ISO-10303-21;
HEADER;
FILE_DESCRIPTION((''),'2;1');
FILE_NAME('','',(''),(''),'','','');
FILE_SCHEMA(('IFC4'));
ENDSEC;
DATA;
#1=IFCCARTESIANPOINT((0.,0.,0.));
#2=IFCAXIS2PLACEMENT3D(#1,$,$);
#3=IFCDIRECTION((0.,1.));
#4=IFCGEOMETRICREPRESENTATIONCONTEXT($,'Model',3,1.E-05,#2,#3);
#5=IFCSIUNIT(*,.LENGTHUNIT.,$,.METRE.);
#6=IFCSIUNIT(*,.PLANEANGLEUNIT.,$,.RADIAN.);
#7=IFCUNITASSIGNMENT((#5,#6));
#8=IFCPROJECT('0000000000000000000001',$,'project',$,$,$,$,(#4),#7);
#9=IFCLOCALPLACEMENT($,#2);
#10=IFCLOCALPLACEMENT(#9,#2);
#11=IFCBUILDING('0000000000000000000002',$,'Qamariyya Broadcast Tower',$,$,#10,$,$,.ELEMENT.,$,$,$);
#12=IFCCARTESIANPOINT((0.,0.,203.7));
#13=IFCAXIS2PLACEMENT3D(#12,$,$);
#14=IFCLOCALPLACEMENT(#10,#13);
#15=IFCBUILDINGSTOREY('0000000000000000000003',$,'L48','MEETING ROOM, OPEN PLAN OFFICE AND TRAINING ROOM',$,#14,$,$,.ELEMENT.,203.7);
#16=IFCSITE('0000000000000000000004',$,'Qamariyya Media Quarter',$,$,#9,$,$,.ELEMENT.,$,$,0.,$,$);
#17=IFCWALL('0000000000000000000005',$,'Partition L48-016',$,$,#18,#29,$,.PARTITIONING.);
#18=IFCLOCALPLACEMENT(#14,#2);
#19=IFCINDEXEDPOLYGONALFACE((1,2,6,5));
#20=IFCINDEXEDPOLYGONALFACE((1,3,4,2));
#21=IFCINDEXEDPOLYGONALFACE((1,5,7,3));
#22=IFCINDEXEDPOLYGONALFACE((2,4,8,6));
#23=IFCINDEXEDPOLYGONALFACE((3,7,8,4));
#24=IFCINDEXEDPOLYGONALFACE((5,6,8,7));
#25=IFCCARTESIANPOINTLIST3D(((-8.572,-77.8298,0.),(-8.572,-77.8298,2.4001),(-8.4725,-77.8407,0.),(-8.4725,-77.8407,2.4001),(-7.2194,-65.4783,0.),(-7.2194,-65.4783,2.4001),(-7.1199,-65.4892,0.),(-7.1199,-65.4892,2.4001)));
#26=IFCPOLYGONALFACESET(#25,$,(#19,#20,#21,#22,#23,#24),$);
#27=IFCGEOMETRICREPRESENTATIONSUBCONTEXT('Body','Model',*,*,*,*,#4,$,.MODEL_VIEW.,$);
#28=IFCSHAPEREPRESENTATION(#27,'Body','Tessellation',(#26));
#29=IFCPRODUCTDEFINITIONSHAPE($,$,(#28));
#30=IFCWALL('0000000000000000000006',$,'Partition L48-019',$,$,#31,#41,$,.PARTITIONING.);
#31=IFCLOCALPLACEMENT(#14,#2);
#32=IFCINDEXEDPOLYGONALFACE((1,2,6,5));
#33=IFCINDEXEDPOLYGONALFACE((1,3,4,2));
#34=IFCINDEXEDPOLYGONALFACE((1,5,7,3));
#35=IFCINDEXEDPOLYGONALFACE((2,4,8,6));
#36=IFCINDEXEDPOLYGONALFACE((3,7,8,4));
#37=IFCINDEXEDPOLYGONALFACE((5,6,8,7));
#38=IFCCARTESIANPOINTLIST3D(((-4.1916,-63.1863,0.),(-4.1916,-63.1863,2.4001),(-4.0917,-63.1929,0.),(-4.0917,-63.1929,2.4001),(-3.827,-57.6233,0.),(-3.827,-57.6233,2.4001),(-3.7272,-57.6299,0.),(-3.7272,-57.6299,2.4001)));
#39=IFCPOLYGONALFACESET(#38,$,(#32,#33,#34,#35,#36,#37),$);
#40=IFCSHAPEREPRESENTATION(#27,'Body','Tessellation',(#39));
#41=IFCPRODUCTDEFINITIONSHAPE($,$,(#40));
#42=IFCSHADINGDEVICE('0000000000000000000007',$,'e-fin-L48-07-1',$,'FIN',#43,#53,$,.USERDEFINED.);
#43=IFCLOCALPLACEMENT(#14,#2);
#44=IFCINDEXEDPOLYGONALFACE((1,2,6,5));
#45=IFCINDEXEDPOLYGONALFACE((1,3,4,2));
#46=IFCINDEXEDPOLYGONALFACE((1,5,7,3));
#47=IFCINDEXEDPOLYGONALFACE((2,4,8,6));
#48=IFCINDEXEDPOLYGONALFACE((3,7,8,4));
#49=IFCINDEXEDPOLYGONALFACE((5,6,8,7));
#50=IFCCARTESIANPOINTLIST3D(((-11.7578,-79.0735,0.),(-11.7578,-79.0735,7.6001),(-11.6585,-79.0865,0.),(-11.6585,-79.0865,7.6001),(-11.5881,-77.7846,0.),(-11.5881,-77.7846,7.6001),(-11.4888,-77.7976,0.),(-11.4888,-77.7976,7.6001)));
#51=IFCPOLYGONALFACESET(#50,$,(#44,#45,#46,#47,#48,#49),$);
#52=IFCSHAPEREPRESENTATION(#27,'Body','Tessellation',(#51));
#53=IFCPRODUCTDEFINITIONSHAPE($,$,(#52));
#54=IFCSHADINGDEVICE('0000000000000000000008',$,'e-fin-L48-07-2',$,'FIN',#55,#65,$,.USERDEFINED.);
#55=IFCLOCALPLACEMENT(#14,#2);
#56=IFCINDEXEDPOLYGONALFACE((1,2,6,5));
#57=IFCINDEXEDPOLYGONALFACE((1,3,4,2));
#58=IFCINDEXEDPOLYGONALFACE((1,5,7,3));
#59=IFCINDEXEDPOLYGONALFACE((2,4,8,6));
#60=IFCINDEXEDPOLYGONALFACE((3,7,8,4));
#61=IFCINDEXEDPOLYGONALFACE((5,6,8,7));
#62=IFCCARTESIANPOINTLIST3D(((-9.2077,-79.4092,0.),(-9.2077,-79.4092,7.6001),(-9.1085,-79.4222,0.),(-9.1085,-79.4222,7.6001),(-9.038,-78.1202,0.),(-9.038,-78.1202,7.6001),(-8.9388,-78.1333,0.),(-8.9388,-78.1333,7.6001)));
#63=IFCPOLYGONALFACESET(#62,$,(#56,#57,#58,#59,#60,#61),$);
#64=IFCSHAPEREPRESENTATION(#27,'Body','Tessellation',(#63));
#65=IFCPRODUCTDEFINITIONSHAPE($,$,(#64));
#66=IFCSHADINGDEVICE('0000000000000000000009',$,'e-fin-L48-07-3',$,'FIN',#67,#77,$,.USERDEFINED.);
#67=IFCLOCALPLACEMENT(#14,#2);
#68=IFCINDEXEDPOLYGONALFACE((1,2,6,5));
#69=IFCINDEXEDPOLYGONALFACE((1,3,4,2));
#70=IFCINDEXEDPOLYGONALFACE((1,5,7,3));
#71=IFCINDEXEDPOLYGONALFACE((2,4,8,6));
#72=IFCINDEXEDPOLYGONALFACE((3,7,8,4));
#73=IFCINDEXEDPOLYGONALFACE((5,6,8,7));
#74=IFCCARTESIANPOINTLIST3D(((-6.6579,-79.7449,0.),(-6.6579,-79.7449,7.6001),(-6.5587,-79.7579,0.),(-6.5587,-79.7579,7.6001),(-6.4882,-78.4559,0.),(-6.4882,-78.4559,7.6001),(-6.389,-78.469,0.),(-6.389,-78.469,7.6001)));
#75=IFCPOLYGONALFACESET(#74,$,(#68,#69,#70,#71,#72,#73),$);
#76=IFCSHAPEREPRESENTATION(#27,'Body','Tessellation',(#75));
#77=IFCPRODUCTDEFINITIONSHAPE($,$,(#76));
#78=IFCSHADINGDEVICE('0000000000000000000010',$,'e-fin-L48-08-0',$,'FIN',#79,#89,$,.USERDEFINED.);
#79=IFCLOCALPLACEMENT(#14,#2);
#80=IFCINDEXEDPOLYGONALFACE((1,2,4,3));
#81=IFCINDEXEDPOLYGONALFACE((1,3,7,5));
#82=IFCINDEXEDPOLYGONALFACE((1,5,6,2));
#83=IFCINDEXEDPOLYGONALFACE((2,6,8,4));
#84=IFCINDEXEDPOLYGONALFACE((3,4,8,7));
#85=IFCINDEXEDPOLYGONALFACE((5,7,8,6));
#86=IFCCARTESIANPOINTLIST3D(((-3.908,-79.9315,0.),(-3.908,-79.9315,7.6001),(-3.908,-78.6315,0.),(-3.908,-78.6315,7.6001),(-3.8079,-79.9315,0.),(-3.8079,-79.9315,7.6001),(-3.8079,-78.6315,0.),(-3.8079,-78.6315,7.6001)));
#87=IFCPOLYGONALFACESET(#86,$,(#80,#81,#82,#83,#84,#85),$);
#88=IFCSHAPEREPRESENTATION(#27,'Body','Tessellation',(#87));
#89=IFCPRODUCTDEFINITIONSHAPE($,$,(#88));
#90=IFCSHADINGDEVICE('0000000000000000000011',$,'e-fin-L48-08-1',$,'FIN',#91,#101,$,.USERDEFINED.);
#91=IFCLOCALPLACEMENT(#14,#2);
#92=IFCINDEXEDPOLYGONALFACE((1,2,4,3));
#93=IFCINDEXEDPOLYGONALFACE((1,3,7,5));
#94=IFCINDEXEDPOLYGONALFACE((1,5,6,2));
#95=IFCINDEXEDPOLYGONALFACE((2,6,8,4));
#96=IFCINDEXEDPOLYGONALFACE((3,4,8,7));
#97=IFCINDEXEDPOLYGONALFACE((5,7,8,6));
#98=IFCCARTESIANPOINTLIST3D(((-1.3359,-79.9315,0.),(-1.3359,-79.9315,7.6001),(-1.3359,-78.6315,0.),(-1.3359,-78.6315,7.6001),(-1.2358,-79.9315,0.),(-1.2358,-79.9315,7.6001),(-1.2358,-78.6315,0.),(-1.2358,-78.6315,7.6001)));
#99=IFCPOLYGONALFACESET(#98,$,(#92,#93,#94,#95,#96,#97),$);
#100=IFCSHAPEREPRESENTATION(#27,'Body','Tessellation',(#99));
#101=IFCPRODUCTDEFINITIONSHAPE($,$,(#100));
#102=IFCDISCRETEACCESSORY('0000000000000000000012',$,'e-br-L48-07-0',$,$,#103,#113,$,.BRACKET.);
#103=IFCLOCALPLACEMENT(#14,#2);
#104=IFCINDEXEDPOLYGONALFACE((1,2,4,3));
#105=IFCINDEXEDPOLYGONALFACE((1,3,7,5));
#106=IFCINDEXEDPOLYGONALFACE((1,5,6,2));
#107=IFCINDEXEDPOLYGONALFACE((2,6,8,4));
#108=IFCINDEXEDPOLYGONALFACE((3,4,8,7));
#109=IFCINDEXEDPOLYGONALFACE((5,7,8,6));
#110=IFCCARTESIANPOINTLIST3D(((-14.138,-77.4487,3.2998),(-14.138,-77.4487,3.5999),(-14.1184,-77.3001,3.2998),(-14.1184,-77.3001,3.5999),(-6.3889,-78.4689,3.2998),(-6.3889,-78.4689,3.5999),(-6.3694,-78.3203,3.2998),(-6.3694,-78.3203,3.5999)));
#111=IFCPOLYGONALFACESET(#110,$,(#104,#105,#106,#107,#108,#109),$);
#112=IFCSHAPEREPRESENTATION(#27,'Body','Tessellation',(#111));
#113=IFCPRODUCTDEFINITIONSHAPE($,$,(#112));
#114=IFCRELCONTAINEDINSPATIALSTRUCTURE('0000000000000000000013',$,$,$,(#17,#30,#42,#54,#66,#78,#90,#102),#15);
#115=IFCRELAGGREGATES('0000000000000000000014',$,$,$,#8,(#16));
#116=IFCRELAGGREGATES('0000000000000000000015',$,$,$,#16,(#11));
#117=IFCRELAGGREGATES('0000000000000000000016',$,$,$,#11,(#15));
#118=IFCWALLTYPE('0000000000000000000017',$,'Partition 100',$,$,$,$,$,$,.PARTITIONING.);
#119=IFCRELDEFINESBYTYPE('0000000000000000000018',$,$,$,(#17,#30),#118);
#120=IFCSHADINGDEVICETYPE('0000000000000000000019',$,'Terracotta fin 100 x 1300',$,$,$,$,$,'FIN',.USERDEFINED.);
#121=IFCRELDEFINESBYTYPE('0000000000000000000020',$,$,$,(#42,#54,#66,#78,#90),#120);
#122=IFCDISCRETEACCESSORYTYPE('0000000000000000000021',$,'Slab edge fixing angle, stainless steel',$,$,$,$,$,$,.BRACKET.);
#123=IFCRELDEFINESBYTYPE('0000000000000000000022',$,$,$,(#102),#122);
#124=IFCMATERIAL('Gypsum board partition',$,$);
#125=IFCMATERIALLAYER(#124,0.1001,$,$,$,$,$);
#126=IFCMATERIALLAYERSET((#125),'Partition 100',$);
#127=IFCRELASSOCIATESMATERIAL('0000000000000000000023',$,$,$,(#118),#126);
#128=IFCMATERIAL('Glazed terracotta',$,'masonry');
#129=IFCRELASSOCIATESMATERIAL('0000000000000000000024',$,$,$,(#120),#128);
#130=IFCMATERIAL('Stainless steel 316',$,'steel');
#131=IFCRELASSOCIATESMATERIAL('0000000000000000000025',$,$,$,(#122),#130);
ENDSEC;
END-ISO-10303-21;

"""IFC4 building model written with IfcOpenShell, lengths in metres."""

from ifc_helpers import new_model, si_unit, direction, frame, frame_2d, origin, origin_2d, place, context, subcontext, project, spatial, rectangle, extrude, material, layer, layer_set, material_profile, profile_set, type_object, element, save


model = new_model("IFC4")

# Units and contexts
model_context = context("Model", 3, precision=1e-05, world=origin(), true_north=direction((0.0, 1.0)))
body_context = subcontext(model_context, "Body", "Model", "MODEL_VIEW")
ifc_project = project(units=[si_unit("LENGTHUNIT", "METRE"), si_unit("PLANEANGLEUNIT", "RADIAN")], contexts=[model_context])

# Site, building, storey
site_placement = place(None, origin())
site = spatial("IfcSite", under=ifc_project, at=site_placement, Name="Qamariyya Media Quarter", CompositionType="ELEMENT", RefElevation=0.0)
building_placement = place(site_placement, origin())
building = spatial("IfcBuilding", under=site, at=building_placement, Name="Qamariyya Broadcast Tower", CompositionType="ELEMENT")
storey_placement = place(building_placement, frame((0.0, 0.0, 203.7)))
storey = spatial("IfcBuildingStorey", under=building, at=storey_placement, Name="L48", Description="MEETING ROOM, OPEN PLAN OFFICE AND TRAINING ROOM", CompositionType="ELEMENT", Elevation=203.7)

# Shared definitions
ifc_material_1 = material(Name="Gypsum board partition")

# Walls
ifc_layer_1 = layer(ifc_material_1, 0.1001)
ifc_layer_set_1 = layer_set([ifc_layer_1], Name="Partition 100")
wall_type_1 = type_object("IfcWallType", Name="Partition 100", PredefinedType="PARTITIONING", material=ifc_layer_set_1)
wall_1_placement = place(storey_placement, frame((-8.5222, -77.8352, 0.0), z_axis=(0.0, 0.0, 1.0), x_axis=(0.108853, 0.994058, 0.0)))
element("IfcWall", 1, at=wall_1_placement, inside=storey, type_object=wall_type_1, Name="Partition L48-016", PredefinedType="PARTITIONING", context=body_context, shape_type="SweptSolid", body=[
    extrude(rectangle(XDim=12.4253, YDim=0.1001, at=frame_2d((6.2126, 0.0))), origin(), (0.0, 0.0, 1.0), 2.4001),
])
wall_2_placement = place(storey_placement, frame((-3.7771, -57.6265, 0.0), z_axis=(0.0, 0.0, 1.0), x_axis=(-0.065382, -0.99786, 0.0)))
element("IfcWall", 2, at=wall_2_placement, inside=storey, type_object=wall_type_1, Name="Partition L48-019", PredefinedType="PARTITIONING", context=body_context, shape_type="SweptSolid", body=[
    extrude(rectangle(XDim=5.575, YDim=0.1001, at=frame_2d((2.7876, 0.0))), origin(), (0.0, 0.0, 1.0), 2.4001),
])

# Shading devices
ifc_material_2 = material(Name="Glazed terracotta", Category="masonry")
ifc_material_profile_1 = material_profile(ifc_material_2, rectangle(XDim=1.3, YDim=0.1001, at=origin_2d()))
ifc_profile_set_1 = profile_set([ifc_material_profile_1], Name="Glazed terracotta")
shading_device_type_1 = type_object("IfcShadingDeviceType", Name="Terracotta fin 100 x 1300", ElementType="FIN", PredefinedType="USERDEFINED", material=ifc_profile_set_1)
for number, where, z_axis, x_axis, name in (
    (3, (-11.6233, -78.4355, 0.0), (0.0, 0.0, 1.0), (-0.130526, -0.991445, 0.0), "e-fin-L48-07-1"),
    (4, (-9.0732, -78.7712, 0.0), (0.0, 0.0, 1.0), (-0.130526, -0.991445, 0.0), "e-fin-L48-07-2"),
    (5, (-6.5234, -79.1069, 0.0), (0.0, 0.0, 1.0), (-0.130526, -0.991445, 0.0), "e-fin-L48-07-3"),
    (6, (-3.8579, -79.2815, 0.0), (0.0, 0.0, 1.0), (0.0, -1.0, 0.0), "e-fin-L48-08-0"),
    (7, (-1.2859, -79.2815, 0.0), (0.0, 0.0, 1.0), (0.0, -1.0, 0.0), "e-fin-L48-08-1"),
):
    element("IfcShadingDevice", number, at=place(storey_placement, frame(where, z_axis=z_axis, x_axis=x_axis)), inside=storey, type_object=shading_device_type_1, Name=name, ObjectType="FIN", PredefinedType="USERDEFINED", context=body_context, shape_type="SweptSolid", body=[
        extrude(rectangle(XDim=1.3, YDim=0.1001, at=origin_2d()), origin(), (0.0, 0.0, 1.0), 7.6001),
    ])

# Discrete accessory
ifc_material_3 = material(Name="Stainless steel 316", Category="steel")
discrete_accessory_type = type_object("IfcDiscreteAccessoryType", Name="Slab edge fixing angle, stainless steel", PredefinedType="BRACKET", material=ifc_material_3)
discrete_accessory_placement = place(storey_placement, frame((-10.2537, -77.8845, 3.2998), z_axis=(0.0, 0.0, 1.0), x_axis=(0.991445, -0.130526, 0.0)))
element("IfcDiscreteAccessory", 8, at=discrete_accessory_placement, inside=storey, type_object=discrete_accessory_type, Name="e-br-L48-07-0", PredefinedType="BRACKET", context=body_context, shape_type="SweptSolid", body=[
    extrude(rectangle(XDim=7.8159, YDim=0.1499, at=origin_2d()), origin(), (0.0, 0.0, 1.0), 0.3),
])

save(model, "model.ifc")
